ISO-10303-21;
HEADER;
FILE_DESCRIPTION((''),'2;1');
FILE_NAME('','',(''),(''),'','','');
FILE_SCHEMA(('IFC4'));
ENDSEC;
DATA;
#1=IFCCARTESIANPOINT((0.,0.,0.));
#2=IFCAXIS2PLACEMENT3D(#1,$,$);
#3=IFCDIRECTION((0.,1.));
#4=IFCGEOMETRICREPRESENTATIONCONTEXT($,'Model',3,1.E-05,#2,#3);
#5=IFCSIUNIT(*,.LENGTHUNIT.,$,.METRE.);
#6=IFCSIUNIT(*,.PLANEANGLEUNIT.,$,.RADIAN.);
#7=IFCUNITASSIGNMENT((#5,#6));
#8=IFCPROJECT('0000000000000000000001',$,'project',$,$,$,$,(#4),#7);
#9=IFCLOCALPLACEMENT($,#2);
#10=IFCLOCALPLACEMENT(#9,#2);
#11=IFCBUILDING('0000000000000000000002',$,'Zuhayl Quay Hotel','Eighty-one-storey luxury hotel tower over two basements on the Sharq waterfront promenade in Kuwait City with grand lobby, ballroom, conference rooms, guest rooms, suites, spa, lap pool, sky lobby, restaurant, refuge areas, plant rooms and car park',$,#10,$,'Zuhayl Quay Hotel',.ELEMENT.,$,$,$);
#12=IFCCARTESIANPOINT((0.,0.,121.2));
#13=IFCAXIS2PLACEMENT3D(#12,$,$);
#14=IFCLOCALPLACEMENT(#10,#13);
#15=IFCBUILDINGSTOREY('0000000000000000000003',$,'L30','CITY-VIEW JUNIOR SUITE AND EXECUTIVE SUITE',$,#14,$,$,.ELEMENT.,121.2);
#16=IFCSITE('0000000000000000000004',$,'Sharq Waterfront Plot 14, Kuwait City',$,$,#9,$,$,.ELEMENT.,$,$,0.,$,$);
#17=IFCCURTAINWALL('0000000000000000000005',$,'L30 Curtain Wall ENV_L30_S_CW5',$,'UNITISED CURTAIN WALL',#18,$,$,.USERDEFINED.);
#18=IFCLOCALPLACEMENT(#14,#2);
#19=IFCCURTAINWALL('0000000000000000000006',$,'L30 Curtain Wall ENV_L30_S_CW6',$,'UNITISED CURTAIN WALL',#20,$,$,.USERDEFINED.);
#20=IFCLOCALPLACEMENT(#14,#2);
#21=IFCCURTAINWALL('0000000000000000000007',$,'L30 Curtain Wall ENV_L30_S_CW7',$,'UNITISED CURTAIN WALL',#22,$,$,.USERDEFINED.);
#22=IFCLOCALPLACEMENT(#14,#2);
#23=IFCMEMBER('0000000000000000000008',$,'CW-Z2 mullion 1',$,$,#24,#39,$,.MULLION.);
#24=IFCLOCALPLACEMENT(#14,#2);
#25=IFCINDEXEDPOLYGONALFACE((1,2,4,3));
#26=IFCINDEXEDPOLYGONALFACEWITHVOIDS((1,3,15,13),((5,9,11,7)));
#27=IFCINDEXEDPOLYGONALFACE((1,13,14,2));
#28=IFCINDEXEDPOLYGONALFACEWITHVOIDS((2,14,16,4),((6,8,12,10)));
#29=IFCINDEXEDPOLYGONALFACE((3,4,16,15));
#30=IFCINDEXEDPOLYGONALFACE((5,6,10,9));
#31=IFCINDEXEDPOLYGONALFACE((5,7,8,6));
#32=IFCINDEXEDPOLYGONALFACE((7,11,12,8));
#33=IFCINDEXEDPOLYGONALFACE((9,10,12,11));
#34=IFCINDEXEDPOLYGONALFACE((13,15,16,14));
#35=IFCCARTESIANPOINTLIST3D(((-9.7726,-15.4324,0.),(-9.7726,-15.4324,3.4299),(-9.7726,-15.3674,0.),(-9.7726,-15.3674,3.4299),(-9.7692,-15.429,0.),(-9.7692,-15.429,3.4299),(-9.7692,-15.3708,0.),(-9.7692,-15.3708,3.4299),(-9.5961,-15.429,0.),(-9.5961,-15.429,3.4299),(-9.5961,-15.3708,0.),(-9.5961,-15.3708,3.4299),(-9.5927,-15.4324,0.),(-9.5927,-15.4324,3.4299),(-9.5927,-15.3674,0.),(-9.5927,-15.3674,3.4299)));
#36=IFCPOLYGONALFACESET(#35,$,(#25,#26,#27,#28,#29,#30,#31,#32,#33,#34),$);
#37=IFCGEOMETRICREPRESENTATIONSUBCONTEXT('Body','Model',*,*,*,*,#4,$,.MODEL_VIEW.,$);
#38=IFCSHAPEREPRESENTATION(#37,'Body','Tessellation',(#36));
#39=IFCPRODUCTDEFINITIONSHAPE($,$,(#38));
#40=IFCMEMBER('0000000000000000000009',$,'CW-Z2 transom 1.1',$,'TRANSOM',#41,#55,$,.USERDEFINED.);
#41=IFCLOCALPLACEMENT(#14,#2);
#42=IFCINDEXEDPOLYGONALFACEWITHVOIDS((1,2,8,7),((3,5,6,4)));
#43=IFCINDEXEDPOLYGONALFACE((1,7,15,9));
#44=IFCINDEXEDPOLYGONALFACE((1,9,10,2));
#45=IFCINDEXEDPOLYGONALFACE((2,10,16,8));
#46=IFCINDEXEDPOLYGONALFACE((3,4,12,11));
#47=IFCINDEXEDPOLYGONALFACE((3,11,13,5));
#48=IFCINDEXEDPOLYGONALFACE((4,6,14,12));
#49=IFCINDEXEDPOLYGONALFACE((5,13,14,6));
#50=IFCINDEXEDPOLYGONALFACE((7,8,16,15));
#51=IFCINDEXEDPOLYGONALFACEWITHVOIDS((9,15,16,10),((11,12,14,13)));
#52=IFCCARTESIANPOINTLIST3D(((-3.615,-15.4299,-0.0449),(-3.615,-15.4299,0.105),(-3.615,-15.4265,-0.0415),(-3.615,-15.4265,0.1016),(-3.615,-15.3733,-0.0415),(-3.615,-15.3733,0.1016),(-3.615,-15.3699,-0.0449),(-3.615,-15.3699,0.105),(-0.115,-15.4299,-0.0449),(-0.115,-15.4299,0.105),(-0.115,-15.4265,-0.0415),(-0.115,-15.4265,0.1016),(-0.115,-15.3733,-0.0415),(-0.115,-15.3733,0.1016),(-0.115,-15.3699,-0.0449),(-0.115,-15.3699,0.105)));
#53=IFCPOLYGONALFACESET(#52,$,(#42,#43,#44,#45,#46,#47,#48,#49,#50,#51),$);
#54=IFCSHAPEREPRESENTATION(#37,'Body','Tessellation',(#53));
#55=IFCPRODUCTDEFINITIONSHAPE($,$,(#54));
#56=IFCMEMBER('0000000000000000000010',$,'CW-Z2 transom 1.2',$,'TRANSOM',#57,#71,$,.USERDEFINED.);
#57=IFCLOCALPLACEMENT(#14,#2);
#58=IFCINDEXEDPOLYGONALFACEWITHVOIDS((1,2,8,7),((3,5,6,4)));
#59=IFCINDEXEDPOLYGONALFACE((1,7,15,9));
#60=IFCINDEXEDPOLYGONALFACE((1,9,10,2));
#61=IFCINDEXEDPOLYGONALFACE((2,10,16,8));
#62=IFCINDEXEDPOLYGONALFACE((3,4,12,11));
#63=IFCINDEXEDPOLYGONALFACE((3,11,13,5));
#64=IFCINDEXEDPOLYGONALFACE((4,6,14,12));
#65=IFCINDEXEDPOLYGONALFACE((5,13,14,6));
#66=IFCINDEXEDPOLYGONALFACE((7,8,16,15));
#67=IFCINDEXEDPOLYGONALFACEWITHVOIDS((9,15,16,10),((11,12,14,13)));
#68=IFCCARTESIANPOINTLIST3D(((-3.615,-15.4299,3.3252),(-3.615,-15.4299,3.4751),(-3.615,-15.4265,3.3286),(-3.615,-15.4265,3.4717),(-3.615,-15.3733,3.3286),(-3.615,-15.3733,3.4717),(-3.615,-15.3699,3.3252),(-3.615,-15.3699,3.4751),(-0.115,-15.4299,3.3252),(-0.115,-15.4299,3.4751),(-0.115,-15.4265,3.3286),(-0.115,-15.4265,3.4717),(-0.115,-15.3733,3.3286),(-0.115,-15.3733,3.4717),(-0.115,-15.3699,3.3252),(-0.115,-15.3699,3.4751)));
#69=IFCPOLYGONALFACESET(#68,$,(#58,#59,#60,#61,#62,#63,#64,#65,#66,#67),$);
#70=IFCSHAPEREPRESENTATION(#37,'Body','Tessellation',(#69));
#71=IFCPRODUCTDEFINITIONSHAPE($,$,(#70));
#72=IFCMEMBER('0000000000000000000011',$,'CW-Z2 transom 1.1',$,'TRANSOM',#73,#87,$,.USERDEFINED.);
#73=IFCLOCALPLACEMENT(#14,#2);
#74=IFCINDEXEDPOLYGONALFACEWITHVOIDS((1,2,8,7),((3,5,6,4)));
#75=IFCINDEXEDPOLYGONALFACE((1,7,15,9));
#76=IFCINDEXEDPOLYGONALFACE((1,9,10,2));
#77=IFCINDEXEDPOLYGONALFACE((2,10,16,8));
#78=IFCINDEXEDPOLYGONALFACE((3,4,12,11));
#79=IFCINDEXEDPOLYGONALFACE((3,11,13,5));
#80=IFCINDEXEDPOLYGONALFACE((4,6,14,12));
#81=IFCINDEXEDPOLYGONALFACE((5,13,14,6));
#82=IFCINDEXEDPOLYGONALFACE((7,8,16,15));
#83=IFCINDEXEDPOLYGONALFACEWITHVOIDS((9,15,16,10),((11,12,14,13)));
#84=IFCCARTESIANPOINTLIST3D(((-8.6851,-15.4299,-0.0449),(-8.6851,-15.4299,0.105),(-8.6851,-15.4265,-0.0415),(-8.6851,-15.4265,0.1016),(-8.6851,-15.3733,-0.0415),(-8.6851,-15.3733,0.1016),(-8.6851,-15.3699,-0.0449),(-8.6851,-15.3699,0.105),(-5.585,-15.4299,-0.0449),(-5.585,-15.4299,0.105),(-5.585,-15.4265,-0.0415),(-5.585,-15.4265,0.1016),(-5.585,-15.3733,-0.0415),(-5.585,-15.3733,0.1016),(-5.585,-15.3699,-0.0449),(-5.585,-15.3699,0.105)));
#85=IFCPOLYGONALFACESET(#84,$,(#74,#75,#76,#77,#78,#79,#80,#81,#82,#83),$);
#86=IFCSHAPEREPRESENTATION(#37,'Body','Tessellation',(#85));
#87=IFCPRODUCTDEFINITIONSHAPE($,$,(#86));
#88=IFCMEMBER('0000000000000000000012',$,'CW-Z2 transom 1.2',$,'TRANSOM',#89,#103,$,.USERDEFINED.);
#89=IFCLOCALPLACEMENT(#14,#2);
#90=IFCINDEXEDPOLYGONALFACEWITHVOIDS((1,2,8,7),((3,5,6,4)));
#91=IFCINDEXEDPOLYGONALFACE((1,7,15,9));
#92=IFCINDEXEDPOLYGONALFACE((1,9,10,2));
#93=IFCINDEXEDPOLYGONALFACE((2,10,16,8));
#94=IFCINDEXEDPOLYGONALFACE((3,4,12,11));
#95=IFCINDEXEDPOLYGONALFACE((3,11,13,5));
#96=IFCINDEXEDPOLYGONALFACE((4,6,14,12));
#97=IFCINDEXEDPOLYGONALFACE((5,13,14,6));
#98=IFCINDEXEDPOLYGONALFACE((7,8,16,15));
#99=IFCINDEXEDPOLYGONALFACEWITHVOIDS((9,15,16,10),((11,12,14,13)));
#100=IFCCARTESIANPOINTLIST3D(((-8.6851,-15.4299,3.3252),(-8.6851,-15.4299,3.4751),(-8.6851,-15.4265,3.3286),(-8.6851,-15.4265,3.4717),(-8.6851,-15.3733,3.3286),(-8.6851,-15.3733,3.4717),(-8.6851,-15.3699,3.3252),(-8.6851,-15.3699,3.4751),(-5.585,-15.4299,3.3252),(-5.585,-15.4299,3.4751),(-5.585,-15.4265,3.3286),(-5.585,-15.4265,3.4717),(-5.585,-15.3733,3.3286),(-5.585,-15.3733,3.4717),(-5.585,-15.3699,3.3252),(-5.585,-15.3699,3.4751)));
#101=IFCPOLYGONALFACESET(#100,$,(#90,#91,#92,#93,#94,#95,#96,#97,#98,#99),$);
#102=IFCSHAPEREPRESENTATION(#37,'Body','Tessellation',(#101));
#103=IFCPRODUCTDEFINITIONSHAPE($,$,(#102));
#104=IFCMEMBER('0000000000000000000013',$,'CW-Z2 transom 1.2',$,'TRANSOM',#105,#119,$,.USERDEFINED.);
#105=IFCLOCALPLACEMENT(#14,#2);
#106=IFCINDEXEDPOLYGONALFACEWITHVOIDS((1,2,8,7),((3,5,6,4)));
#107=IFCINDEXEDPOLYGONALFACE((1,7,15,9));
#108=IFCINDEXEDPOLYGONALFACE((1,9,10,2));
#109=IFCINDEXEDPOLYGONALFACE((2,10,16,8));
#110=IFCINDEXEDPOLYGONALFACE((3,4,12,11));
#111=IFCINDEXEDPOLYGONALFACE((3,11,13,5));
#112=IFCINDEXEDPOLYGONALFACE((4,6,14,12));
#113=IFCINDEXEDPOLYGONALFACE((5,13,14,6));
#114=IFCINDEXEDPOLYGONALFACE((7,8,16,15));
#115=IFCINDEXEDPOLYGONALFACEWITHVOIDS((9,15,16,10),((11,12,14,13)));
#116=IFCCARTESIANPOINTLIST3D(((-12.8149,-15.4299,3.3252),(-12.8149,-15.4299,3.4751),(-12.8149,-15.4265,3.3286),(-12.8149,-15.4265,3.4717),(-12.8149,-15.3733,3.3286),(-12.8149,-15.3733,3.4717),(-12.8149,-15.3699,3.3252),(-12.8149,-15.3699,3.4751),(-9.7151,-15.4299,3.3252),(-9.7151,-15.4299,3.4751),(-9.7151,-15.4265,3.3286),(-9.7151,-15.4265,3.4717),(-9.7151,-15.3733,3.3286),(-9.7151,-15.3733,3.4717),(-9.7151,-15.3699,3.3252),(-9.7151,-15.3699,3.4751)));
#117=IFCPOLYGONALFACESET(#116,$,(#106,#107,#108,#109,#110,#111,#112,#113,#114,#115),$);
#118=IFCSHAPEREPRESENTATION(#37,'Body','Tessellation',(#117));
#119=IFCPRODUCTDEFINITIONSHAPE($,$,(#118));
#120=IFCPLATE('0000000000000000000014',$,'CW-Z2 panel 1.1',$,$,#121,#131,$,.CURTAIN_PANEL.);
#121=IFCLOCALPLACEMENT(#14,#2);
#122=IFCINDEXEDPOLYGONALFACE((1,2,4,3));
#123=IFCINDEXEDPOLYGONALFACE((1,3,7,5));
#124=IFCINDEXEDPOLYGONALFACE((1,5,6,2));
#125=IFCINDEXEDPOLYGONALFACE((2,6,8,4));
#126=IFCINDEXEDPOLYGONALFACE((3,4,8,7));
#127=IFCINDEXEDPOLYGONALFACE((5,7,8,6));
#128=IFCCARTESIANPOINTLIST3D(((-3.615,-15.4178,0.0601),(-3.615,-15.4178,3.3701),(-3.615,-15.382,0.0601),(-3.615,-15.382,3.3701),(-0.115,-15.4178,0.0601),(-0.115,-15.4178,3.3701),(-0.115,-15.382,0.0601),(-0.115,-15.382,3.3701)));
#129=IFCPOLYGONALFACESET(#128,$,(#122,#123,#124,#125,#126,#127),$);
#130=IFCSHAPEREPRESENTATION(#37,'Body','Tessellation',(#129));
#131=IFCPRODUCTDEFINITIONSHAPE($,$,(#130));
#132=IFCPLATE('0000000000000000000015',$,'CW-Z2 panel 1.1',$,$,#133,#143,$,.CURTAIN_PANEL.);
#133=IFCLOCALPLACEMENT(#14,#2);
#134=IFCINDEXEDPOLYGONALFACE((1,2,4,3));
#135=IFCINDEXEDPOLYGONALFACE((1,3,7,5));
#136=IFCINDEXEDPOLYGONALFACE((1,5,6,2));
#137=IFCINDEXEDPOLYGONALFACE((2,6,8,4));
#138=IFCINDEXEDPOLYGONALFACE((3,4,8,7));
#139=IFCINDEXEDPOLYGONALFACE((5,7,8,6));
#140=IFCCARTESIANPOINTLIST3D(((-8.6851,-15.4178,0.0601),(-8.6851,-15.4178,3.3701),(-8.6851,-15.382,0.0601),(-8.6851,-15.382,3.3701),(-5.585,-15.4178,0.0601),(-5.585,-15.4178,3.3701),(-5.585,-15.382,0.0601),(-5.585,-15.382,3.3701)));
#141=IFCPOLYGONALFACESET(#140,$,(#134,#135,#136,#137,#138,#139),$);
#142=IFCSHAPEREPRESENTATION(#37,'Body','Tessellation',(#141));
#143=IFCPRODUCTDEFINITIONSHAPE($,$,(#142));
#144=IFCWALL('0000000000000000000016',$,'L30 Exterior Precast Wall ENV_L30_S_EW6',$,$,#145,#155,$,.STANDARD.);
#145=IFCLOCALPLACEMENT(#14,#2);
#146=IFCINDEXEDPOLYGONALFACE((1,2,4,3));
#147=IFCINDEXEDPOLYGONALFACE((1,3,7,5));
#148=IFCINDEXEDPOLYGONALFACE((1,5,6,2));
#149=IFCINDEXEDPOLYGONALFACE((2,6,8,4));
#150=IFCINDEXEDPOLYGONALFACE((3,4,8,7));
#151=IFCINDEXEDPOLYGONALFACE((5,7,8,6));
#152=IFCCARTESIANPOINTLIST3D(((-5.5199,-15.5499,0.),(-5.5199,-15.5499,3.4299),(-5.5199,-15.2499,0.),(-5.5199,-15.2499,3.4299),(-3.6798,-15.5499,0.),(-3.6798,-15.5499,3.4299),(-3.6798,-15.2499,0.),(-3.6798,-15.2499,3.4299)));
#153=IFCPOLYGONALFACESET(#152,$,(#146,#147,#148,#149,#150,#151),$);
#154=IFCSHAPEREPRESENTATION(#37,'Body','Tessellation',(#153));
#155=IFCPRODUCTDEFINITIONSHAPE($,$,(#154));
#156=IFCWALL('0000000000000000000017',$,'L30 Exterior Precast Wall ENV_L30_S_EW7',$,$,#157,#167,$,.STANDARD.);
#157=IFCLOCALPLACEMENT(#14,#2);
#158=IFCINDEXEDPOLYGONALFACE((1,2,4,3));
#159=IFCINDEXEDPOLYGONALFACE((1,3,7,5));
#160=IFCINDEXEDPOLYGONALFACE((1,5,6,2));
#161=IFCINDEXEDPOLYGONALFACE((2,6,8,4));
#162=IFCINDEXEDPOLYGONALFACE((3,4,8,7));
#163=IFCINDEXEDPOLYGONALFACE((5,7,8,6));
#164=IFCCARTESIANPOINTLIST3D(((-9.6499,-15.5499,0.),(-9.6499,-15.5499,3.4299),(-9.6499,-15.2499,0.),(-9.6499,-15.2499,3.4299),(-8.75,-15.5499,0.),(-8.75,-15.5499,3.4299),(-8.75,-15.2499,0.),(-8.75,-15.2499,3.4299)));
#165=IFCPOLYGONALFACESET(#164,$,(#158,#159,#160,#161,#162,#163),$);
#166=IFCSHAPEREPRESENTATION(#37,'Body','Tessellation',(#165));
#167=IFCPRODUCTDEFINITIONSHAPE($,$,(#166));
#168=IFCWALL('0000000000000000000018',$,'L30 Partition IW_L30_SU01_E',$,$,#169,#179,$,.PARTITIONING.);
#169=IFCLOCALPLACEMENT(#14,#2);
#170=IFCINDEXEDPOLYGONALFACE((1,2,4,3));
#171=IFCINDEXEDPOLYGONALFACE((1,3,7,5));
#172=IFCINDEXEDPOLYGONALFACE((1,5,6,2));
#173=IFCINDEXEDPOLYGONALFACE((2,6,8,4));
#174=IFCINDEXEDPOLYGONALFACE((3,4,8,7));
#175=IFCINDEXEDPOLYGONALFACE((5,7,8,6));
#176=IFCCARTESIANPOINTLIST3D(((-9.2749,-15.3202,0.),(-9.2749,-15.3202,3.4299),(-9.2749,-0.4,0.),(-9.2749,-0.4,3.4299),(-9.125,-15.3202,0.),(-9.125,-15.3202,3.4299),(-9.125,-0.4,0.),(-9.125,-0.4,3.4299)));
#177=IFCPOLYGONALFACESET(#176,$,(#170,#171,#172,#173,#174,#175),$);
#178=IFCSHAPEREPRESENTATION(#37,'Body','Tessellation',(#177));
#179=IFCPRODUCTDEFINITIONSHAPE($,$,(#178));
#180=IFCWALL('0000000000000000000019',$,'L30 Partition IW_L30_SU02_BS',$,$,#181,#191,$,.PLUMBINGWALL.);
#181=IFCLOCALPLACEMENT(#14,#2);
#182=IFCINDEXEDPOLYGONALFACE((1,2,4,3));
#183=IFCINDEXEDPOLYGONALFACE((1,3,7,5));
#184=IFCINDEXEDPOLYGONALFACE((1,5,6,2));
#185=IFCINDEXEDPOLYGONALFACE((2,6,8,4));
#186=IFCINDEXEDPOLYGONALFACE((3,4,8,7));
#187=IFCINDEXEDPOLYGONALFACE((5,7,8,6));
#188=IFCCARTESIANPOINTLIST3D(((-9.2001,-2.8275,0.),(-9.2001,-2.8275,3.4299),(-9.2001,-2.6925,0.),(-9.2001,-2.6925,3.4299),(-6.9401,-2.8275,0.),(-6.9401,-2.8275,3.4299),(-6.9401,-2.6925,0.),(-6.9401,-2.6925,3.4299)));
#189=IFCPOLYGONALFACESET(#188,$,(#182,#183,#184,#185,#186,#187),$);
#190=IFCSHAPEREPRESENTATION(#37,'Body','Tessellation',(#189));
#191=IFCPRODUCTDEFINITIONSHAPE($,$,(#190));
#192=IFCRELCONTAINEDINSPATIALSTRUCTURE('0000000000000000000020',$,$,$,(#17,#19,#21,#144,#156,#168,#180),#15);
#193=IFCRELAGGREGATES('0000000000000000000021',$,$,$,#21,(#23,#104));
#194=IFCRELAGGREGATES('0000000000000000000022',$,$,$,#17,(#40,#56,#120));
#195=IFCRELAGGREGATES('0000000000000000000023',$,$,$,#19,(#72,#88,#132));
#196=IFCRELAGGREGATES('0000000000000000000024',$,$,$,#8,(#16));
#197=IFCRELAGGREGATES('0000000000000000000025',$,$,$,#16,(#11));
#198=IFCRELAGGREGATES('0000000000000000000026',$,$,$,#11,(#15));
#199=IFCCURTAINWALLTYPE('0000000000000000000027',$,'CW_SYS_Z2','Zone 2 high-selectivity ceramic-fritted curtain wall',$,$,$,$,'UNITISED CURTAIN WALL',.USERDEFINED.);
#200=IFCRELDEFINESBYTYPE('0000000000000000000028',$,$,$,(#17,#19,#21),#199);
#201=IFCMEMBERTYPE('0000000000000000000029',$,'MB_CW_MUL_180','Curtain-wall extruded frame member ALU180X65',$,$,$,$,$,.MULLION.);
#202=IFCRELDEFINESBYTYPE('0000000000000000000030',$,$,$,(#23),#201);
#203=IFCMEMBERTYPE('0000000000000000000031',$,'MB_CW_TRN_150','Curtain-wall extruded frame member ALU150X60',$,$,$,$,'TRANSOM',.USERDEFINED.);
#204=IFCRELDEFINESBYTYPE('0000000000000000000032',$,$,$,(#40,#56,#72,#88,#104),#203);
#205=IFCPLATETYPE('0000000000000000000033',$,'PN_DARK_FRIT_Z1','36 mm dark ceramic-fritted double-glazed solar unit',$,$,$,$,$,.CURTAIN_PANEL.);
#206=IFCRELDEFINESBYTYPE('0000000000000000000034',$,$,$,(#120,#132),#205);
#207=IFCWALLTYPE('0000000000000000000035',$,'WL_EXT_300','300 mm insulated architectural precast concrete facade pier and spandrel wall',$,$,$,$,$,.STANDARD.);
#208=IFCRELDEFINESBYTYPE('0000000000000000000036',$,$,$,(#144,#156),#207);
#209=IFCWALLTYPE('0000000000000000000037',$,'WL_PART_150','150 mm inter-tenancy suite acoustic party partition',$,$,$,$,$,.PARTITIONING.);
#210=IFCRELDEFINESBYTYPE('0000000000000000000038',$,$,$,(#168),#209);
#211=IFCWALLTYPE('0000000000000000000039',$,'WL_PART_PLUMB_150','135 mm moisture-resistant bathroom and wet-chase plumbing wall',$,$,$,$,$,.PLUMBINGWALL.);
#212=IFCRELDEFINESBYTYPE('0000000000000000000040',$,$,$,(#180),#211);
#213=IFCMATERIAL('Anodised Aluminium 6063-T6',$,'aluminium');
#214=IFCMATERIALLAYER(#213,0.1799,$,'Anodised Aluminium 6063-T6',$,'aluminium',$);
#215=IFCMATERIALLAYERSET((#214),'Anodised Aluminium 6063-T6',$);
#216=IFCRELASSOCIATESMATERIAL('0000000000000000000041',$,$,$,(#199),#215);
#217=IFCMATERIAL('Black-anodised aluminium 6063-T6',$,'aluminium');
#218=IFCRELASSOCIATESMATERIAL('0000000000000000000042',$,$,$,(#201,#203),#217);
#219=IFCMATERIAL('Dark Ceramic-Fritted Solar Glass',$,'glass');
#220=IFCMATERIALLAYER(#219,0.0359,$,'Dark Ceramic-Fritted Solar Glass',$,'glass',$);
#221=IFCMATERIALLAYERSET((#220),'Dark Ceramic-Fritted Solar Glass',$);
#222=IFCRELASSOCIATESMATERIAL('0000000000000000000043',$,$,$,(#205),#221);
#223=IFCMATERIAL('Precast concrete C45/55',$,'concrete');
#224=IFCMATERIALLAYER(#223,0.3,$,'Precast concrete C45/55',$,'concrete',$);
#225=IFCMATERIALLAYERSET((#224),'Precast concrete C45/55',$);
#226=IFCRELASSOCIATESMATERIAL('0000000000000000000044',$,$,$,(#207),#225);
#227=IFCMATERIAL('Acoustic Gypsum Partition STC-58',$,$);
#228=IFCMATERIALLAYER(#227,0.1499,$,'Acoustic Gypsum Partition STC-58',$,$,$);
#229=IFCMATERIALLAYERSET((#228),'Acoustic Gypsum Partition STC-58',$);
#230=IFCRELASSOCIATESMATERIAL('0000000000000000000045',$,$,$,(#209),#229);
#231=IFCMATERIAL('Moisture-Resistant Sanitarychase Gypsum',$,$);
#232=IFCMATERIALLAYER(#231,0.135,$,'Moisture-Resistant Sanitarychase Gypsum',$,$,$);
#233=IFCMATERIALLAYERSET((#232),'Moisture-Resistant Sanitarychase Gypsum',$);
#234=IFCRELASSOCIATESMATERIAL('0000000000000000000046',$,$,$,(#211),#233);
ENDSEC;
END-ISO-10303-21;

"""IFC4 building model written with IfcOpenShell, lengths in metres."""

from ifc_helpers import new_model, si_unit, direction, frame, frame_2d, origin, origin_2d, place, context, subcontext, project, spatial, rectangle, hollow_rectangle, extrude, material, layer, layer_set, material_profile, profile_set, type_object, element, aggregate, save


model = new_model("IFC4")

# Units and contexts
model_context = context("Model", 3, precision=1e-05, world=origin(), true_north=direction((0.0, 1.0)))
body_context = subcontext(model_context, "Body", "Model", "MODEL_VIEW")
ifc_project = project(units=[si_unit("LENGTHUNIT", "METRE"), si_unit("PLANEANGLEUNIT", "RADIAN")], contexts=[model_context])

# Site, building, storey
site_placement = place(None, origin())
site = spatial("IfcSite", under=ifc_project, at=site_placement, Name="Sharq Waterfront Plot 14, Kuwait City", CompositionType="ELEMENT", RefElevation=0.0)
building_placement = place(site_placement, origin())
building = spatial("IfcBuilding", under=site, at=building_placement, Name="Zuhayl Quay Hotel", Description="Eighty-one-storey luxury hotel tower over two basements on the Sharq waterfront promenade in Kuwait City with grand lobby, ballroom, conference rooms, guest rooms, suites, spa, lap pool, sky lobby, restaurant, refuge areas, plant rooms and car park", LongName="Zuhayl Quay Hotel", CompositionType="ELEMENT")
storey_placement = place(building_placement, frame((0.0, 0.0, 121.2)))
storey = spatial("IfcBuildingStorey", under=building, at=storey_placement, Name="L30", Description="CITY-VIEW JUNIOR SUITE AND EXECUTIVE SUITE", CompositionType="ELEMENT", Elevation=121.2)

# Curtain walls
ifc_material_1 = material(Name="Anodised Aluminium 6063-T6", Category="aluminium")
ifc_layer_1 = layer(ifc_material_1, 0.1799, Name="Anodised Aluminium 6063-T6", Category="aluminium")
ifc_layer_set_1 = layer_set([ifc_layer_1], Name="Anodised Aluminium 6063-T6")
curtain_wall_type = type_object("IfcCurtainWallType", Name="CW_SYS_Z2", Description="Zone 2 high-selectivity ceramic-fritted curtain wall", ElementType="UNITISED CURTAIN WALL", PredefinedType="USERDEFINED", material=ifc_layer_set_1)
curtain_wall_1_placement = place(storey_placement, origin())
curtain_wall_1 = element("IfcCurtainWall", 1, at=curtain_wall_1_placement, inside=storey, type_object=curtain_wall_type, Name="L30 Curtain Wall ENV_L30_S_CW5", ObjectType="UNITISED CURTAIN WALL", PredefinedType="USERDEFINED")
ifc_material_2 = material(Name="Black-anodised aluminium 6063-T6", Category="aluminium")
ifc_material_profile_1 = material_profile(ifc_material_2, hollow_rectangle(XDim=0.0649, YDim=0.1799, WallThickness=0.0034, at=origin_2d()), Name="ALU180X65")
ifc_profile_set_1 = profile_set([ifc_material_profile_1], Name="Black-anodised aluminium 6063-T6")
member_type_1 = type_object("IfcMemberType", Name="MB_CW_MUL_180", Description="Curtain-wall extruded frame member ALU180X65", PredefinedType="MULLION", material=ifc_profile_set_1)
curtain_wall_2_placement = place(storey_placement, origin())
curtain_wall_2 = element("IfcCurtainWall", 2, at=curtain_wall_2_placement, inside=storey, type_object=curtain_wall_type, Name="L30 Curtain Wall ENV_L30_S_CW6", ObjectType="UNITISED CURTAIN WALL", PredefinedType="USERDEFINED")

# Curtain wall, member
curtain_wall_3_placement = place(storey_placement, origin())
curtain_wall_3 = element("IfcCurtainWall", 3, at=curtain_wall_3_placement, inside=storey, type_object=curtain_wall_type, Name="L30 Curtain Wall ENV_L30_S_CW7", ObjectType="UNITISED CURTAIN WALL", PredefinedType="USERDEFINED")
member_1_placement = place(storey_placement, frame((-9.6826, -15.3999, 0.0), z_axis=(0.0, 0.0, 1.0), x_axis=(0.0, -1.0, 0.0)))
member_1 = element("IfcMember", 4, at=member_1_placement, type_object=member_type_1, Name="CW-Z2 mullion 1", PredefinedType="MULLION", context=body_context, shape_type="SweptSolid", body=[
    extrude(hollow_rectangle(XDim=0.0649, YDim=0.1799, WallThickness=0.0034, at=origin_2d()), origin(), (0.0, 0.0, 1.0), 3.4299),
])

# Members
ifc_material_profile_2 = material_profile(ifc_material_2, hollow_rectangle(XDim=0.0601, YDim=0.1499, WallThickness=0.0034, at=origin_2d()), Name="ALU150X60")
ifc_profile_set_2 = profile_set([ifc_material_profile_2], Name="Black-anodised aluminium 6063-T6")
member_type_2 = type_object("IfcMemberType", Name="MB_CW_TRN_150", Description="Curtain-wall extruded frame member ALU150X60", ElementType="TRANSOM", PredefinedType="USERDEFINED", material=ifc_profile_set_2)
member_2_placement = place(storey_placement, frame((-0.115, -15.3999, 0.03), z_axis=(-1.0, 0.0, 0.0), x_axis=(0.0, -1.0, 0.0)))
member_2 = element("IfcMember", 5, at=member_2_placement, type_object=member_type_2, Name="CW-Z2 transom 1.1", ObjectType="TRANSOM", PredefinedType="USERDEFINED", context=body_context, shape_type="SweptSolid", body=[
    extrude(hollow_rectangle(XDim=0.0601, YDim=0.1499, WallThickness=0.0034, at=origin_2d()), origin(), (0.0, 0.0, 1.0), 3.5),
])
member_3_placement = place(storey_placement, frame((-0.115, -15.3999, 3.4001), z_axis=(-1.0, 0.0, 0.0), x_axis=(0.0, -1.0, 0.0)))
member_3 = element("IfcMember", 6, at=member_3_placement, type_object=member_type_2, Name="CW-Z2 transom 1.2", ObjectType="TRANSOM", PredefinedType="USERDEFINED", context=body_context, shape_type="SweptSolid", body=[
    extrude(hollow_rectangle(XDim=0.0601, YDim=0.1499, WallThickness=0.0034, at=origin_2d()), origin(), (0.0, 0.0, 1.0), 3.5),
])
member_4_placement = place(storey_placement, frame((-5.585, -15.3999, 0.03), z_axis=(-1.0, 0.0, 0.0), x_axis=(0.0, -1.0, 0.0)))
member_4 = element("IfcMember", 7, at=member_4_placement, type_object=member_type_2, Name="CW-Z2 transom 1.1", ObjectType="TRANSOM", PredefinedType="USERDEFINED", context=body_context, shape_type="SweptSolid", body=[
    extrude(hollow_rectangle(XDim=0.0601, YDim=0.1499, WallThickness=0.0034, at=origin_2d()), origin(), (0.0, 0.0, 1.0), 3.1001),
])
member_5_placement = place(storey_placement, frame((-5.585, -15.3999, 3.4001), z_axis=(-1.0, 0.0, 0.0), x_axis=(0.0, -1.0, 0.0)))
member_5 = element("IfcMember", 8, at=member_5_placement, type_object=member_type_2, Name="CW-Z2 transom 1.2", ObjectType="TRANSOM", PredefinedType="USERDEFINED", context=body_context, shape_type="SweptSolid", body=[
    extrude(hollow_rectangle(XDim=0.0601, YDim=0.1499, WallThickness=0.0034, at=origin_2d()), origin(), (0.0, 0.0, 1.0), 3.1001),
])
member_6_placement = place(storey_placement, frame((-9.7151, -15.3999, 3.4001), z_axis=(-1.0, 0.0, 0.0), x_axis=(0.0, -1.0, 0.0)))
member_6 = element("IfcMember", 9, at=member_6_placement, type_object=member_type_2, Name="CW-Z2 transom 1.2", ObjectType="TRANSOM", PredefinedType="USERDEFINED", context=body_context, shape_type="SweptSolid", body=[
    extrude(hollow_rectangle(XDim=0.0601, YDim=0.1499, WallThickness=0.0034, at=origin_2d()), origin(), (0.0, 0.0, 1.0), 3.0999),
])
aggregate(curtain_wall_3, [member_1, member_6])

# Plates
ifc_material_3 = material(Name="Dark Ceramic-Fritted Solar Glass", Category="glass")
ifc_layer_2 = layer(ifc_material_3, 0.0359, Name="Dark Ceramic-Fritted Solar Glass", Category="glass")
ifc_layer_set_2 = layer_set([ifc_layer_2], Name="Dark Ceramic-Fritted Solar Glass")
plate_type = type_object("IfcPlateType", Name="PN_DARK_FRIT_Z1", Description="36 mm dark ceramic-fritted double-glazed solar unit", PredefinedType="CURTAIN_PANEL", material=ifc_layer_set_2)
plate_1_placement = place(storey_placement, frame((-1.865, -15.3999, 0.0601), z_axis=(0.0, 0.0, 1.0), x_axis=(-1.0, 0.0, 0.0)))
plate_1 = element("IfcPlate", 10, at=plate_1_placement, type_object=plate_type, Name="CW-Z2 panel 1.1", PredefinedType="CURTAIN_PANEL", context=body_context, shape_type="SweptSolid", body=[
    extrude(rectangle(XDim=3.5, YDim=0.0359, at=origin_2d()), origin(), (0.0, 0.0, 1.0), 3.3101),
])
aggregate(curtain_wall_1, [member_2, member_3, plate_1])
plate_2_placement = place(storey_placement, frame((-7.135, -15.3999, 0.0601), z_axis=(0.0, 0.0, 1.0), x_axis=(-1.0, 0.0, 0.0)))
plate_2 = element("IfcPlate", 11, at=plate_2_placement, type_object=plate_type, Name="CW-Z2 panel 1.1", PredefinedType="CURTAIN_PANEL", context=body_context, shape_type="SweptSolid", body=[
    extrude(rectangle(XDim=3.1001, YDim=0.0359, at=origin_2d()), origin(), (0.0, 0.0, 1.0), 3.3101),
])
aggregate(curtain_wall_2, [member_4, member_5, plate_2])

# Walls
ifc_material_4 = material(Name="Precast concrete C45/55", Category="concrete")
ifc_layer_3 = layer(ifc_material_4, 0.3, Name="Precast concrete C45/55", Category="concrete")
ifc_layer_set_3 = layer_set([ifc_layer_3], Name="Precast concrete C45/55")
wall_type_1 = type_object("IfcWallType", Name="WL_EXT_300", Description="300 mm insulated architectural precast concrete facade pier and spandrel wall", PredefinedType="STANDARD", material=ifc_layer_set_3)
wall_1_placement = place(storey_placement, frame((-3.6799, -15.3999, 0.0), z_axis=(0.0, 0.0, 1.0), x_axis=(-1.0, 0.0, 0.0)))
element("IfcWall", 12, at=wall_1_placement, inside=storey, type_object=wall_type_1, Name="L30 Exterior Precast Wall ENV_L30_S_EW6", PredefinedType="STANDARD", context=body_context, shape_type="SweptSolid", body=[
    extrude(rectangle(XDim=1.8401, YDim=0.3, at=frame_2d((0.9199, 0.0))), origin(), (0.0, 0.0, 1.0), 3.4299),
])
wall_2_placement = place(storey_placement, frame((-8.75, -15.3999, 0.0), z_axis=(0.0, 0.0, 1.0), x_axis=(-1.0, 0.0, 0.0)))
element("IfcWall", 13, at=wall_2_placement, inside=storey, type_object=wall_type_1, Name="L30 Exterior Precast Wall ENV_L30_S_EW7", PredefinedType="STANDARD", context=body_context, shape_type="SweptSolid", body=[
    extrude(rectangle(XDim=0.8999, YDim=0.3, at=frame_2d((0.45, 0.0))), origin(), (0.0, 0.0, 1.0), 3.4299),
])
ifc_material_5 = material(Name="Acoustic Gypsum Partition STC-58")
ifc_layer_4 = layer(ifc_material_5, 0.1499, Name="Acoustic Gypsum Partition STC-58")
ifc_layer_set_4 = layer_set([ifc_layer_4], Name="Acoustic Gypsum Partition STC-58")
wall_type_2 = type_object("IfcWallType", Name="WL_PART_150", Description="150 mm inter-tenancy suite acoustic party partition", PredefinedType="PARTITIONING", material=ifc_layer_set_4)
wall_3_placement = place(storey_placement, frame((-9.2, -15.3201, 0.0), z_axis=(0.0, 0.0, 1.0), x_axis=(0.0, 1.0, 0.0)))
element("IfcWall", 14, at=wall_3_placement, inside=storey, type_object=wall_type_2, Name="L30 Partition IW_L30_SU01_E", PredefinedType="PARTITIONING", context=body_context, shape_type="SweptSolid", body=[
    extrude(rectangle(XDim=14.9202, YDim=0.1499, at=frame_2d((7.46, 0.0))), origin(), (0.0, 0.0, 1.0), 3.4299),
])
ifc_material_6 = material(Name="Moisture-Resistant Sanitarychase Gypsum")
ifc_layer_5 = layer(ifc_material_6, 0.135, Name="Moisture-Resistant Sanitarychase Gypsum")
ifc_layer_set_5 = layer_set([ifc_layer_5], Name="Moisture-Resistant Sanitarychase Gypsum")
wall_type_3 = type_object("IfcWallType", Name="WL_PART_PLUMB_150", Description="135 mm moisture-resistant bathroom and wet-chase plumbing wall", PredefinedType="PLUMBINGWALL", material=ifc_layer_set_5)
wall_4_placement = place(storey_placement, frame((-9.2, -2.76, 0.0), z_axis=(0.0, 0.0, 1.0), x_axis=(1.0, 0.0, 0.0)))
element("IfcWall", 15, at=wall_4_placement, inside=storey, type_object=wall_type_3, Name="L30 Partition IW_L30_SU02_BS", PredefinedType="PLUMBINGWALL", context=body_context, shape_type="SweptSolid", body=[
    extrude(rectangle(XDim=2.26, YDim=0.135, at=frame_2d((1.1299, 0.0))), origin(), (0.0, 0.0, 1.0), 3.4299),
])

save(model, "model.ifc")
